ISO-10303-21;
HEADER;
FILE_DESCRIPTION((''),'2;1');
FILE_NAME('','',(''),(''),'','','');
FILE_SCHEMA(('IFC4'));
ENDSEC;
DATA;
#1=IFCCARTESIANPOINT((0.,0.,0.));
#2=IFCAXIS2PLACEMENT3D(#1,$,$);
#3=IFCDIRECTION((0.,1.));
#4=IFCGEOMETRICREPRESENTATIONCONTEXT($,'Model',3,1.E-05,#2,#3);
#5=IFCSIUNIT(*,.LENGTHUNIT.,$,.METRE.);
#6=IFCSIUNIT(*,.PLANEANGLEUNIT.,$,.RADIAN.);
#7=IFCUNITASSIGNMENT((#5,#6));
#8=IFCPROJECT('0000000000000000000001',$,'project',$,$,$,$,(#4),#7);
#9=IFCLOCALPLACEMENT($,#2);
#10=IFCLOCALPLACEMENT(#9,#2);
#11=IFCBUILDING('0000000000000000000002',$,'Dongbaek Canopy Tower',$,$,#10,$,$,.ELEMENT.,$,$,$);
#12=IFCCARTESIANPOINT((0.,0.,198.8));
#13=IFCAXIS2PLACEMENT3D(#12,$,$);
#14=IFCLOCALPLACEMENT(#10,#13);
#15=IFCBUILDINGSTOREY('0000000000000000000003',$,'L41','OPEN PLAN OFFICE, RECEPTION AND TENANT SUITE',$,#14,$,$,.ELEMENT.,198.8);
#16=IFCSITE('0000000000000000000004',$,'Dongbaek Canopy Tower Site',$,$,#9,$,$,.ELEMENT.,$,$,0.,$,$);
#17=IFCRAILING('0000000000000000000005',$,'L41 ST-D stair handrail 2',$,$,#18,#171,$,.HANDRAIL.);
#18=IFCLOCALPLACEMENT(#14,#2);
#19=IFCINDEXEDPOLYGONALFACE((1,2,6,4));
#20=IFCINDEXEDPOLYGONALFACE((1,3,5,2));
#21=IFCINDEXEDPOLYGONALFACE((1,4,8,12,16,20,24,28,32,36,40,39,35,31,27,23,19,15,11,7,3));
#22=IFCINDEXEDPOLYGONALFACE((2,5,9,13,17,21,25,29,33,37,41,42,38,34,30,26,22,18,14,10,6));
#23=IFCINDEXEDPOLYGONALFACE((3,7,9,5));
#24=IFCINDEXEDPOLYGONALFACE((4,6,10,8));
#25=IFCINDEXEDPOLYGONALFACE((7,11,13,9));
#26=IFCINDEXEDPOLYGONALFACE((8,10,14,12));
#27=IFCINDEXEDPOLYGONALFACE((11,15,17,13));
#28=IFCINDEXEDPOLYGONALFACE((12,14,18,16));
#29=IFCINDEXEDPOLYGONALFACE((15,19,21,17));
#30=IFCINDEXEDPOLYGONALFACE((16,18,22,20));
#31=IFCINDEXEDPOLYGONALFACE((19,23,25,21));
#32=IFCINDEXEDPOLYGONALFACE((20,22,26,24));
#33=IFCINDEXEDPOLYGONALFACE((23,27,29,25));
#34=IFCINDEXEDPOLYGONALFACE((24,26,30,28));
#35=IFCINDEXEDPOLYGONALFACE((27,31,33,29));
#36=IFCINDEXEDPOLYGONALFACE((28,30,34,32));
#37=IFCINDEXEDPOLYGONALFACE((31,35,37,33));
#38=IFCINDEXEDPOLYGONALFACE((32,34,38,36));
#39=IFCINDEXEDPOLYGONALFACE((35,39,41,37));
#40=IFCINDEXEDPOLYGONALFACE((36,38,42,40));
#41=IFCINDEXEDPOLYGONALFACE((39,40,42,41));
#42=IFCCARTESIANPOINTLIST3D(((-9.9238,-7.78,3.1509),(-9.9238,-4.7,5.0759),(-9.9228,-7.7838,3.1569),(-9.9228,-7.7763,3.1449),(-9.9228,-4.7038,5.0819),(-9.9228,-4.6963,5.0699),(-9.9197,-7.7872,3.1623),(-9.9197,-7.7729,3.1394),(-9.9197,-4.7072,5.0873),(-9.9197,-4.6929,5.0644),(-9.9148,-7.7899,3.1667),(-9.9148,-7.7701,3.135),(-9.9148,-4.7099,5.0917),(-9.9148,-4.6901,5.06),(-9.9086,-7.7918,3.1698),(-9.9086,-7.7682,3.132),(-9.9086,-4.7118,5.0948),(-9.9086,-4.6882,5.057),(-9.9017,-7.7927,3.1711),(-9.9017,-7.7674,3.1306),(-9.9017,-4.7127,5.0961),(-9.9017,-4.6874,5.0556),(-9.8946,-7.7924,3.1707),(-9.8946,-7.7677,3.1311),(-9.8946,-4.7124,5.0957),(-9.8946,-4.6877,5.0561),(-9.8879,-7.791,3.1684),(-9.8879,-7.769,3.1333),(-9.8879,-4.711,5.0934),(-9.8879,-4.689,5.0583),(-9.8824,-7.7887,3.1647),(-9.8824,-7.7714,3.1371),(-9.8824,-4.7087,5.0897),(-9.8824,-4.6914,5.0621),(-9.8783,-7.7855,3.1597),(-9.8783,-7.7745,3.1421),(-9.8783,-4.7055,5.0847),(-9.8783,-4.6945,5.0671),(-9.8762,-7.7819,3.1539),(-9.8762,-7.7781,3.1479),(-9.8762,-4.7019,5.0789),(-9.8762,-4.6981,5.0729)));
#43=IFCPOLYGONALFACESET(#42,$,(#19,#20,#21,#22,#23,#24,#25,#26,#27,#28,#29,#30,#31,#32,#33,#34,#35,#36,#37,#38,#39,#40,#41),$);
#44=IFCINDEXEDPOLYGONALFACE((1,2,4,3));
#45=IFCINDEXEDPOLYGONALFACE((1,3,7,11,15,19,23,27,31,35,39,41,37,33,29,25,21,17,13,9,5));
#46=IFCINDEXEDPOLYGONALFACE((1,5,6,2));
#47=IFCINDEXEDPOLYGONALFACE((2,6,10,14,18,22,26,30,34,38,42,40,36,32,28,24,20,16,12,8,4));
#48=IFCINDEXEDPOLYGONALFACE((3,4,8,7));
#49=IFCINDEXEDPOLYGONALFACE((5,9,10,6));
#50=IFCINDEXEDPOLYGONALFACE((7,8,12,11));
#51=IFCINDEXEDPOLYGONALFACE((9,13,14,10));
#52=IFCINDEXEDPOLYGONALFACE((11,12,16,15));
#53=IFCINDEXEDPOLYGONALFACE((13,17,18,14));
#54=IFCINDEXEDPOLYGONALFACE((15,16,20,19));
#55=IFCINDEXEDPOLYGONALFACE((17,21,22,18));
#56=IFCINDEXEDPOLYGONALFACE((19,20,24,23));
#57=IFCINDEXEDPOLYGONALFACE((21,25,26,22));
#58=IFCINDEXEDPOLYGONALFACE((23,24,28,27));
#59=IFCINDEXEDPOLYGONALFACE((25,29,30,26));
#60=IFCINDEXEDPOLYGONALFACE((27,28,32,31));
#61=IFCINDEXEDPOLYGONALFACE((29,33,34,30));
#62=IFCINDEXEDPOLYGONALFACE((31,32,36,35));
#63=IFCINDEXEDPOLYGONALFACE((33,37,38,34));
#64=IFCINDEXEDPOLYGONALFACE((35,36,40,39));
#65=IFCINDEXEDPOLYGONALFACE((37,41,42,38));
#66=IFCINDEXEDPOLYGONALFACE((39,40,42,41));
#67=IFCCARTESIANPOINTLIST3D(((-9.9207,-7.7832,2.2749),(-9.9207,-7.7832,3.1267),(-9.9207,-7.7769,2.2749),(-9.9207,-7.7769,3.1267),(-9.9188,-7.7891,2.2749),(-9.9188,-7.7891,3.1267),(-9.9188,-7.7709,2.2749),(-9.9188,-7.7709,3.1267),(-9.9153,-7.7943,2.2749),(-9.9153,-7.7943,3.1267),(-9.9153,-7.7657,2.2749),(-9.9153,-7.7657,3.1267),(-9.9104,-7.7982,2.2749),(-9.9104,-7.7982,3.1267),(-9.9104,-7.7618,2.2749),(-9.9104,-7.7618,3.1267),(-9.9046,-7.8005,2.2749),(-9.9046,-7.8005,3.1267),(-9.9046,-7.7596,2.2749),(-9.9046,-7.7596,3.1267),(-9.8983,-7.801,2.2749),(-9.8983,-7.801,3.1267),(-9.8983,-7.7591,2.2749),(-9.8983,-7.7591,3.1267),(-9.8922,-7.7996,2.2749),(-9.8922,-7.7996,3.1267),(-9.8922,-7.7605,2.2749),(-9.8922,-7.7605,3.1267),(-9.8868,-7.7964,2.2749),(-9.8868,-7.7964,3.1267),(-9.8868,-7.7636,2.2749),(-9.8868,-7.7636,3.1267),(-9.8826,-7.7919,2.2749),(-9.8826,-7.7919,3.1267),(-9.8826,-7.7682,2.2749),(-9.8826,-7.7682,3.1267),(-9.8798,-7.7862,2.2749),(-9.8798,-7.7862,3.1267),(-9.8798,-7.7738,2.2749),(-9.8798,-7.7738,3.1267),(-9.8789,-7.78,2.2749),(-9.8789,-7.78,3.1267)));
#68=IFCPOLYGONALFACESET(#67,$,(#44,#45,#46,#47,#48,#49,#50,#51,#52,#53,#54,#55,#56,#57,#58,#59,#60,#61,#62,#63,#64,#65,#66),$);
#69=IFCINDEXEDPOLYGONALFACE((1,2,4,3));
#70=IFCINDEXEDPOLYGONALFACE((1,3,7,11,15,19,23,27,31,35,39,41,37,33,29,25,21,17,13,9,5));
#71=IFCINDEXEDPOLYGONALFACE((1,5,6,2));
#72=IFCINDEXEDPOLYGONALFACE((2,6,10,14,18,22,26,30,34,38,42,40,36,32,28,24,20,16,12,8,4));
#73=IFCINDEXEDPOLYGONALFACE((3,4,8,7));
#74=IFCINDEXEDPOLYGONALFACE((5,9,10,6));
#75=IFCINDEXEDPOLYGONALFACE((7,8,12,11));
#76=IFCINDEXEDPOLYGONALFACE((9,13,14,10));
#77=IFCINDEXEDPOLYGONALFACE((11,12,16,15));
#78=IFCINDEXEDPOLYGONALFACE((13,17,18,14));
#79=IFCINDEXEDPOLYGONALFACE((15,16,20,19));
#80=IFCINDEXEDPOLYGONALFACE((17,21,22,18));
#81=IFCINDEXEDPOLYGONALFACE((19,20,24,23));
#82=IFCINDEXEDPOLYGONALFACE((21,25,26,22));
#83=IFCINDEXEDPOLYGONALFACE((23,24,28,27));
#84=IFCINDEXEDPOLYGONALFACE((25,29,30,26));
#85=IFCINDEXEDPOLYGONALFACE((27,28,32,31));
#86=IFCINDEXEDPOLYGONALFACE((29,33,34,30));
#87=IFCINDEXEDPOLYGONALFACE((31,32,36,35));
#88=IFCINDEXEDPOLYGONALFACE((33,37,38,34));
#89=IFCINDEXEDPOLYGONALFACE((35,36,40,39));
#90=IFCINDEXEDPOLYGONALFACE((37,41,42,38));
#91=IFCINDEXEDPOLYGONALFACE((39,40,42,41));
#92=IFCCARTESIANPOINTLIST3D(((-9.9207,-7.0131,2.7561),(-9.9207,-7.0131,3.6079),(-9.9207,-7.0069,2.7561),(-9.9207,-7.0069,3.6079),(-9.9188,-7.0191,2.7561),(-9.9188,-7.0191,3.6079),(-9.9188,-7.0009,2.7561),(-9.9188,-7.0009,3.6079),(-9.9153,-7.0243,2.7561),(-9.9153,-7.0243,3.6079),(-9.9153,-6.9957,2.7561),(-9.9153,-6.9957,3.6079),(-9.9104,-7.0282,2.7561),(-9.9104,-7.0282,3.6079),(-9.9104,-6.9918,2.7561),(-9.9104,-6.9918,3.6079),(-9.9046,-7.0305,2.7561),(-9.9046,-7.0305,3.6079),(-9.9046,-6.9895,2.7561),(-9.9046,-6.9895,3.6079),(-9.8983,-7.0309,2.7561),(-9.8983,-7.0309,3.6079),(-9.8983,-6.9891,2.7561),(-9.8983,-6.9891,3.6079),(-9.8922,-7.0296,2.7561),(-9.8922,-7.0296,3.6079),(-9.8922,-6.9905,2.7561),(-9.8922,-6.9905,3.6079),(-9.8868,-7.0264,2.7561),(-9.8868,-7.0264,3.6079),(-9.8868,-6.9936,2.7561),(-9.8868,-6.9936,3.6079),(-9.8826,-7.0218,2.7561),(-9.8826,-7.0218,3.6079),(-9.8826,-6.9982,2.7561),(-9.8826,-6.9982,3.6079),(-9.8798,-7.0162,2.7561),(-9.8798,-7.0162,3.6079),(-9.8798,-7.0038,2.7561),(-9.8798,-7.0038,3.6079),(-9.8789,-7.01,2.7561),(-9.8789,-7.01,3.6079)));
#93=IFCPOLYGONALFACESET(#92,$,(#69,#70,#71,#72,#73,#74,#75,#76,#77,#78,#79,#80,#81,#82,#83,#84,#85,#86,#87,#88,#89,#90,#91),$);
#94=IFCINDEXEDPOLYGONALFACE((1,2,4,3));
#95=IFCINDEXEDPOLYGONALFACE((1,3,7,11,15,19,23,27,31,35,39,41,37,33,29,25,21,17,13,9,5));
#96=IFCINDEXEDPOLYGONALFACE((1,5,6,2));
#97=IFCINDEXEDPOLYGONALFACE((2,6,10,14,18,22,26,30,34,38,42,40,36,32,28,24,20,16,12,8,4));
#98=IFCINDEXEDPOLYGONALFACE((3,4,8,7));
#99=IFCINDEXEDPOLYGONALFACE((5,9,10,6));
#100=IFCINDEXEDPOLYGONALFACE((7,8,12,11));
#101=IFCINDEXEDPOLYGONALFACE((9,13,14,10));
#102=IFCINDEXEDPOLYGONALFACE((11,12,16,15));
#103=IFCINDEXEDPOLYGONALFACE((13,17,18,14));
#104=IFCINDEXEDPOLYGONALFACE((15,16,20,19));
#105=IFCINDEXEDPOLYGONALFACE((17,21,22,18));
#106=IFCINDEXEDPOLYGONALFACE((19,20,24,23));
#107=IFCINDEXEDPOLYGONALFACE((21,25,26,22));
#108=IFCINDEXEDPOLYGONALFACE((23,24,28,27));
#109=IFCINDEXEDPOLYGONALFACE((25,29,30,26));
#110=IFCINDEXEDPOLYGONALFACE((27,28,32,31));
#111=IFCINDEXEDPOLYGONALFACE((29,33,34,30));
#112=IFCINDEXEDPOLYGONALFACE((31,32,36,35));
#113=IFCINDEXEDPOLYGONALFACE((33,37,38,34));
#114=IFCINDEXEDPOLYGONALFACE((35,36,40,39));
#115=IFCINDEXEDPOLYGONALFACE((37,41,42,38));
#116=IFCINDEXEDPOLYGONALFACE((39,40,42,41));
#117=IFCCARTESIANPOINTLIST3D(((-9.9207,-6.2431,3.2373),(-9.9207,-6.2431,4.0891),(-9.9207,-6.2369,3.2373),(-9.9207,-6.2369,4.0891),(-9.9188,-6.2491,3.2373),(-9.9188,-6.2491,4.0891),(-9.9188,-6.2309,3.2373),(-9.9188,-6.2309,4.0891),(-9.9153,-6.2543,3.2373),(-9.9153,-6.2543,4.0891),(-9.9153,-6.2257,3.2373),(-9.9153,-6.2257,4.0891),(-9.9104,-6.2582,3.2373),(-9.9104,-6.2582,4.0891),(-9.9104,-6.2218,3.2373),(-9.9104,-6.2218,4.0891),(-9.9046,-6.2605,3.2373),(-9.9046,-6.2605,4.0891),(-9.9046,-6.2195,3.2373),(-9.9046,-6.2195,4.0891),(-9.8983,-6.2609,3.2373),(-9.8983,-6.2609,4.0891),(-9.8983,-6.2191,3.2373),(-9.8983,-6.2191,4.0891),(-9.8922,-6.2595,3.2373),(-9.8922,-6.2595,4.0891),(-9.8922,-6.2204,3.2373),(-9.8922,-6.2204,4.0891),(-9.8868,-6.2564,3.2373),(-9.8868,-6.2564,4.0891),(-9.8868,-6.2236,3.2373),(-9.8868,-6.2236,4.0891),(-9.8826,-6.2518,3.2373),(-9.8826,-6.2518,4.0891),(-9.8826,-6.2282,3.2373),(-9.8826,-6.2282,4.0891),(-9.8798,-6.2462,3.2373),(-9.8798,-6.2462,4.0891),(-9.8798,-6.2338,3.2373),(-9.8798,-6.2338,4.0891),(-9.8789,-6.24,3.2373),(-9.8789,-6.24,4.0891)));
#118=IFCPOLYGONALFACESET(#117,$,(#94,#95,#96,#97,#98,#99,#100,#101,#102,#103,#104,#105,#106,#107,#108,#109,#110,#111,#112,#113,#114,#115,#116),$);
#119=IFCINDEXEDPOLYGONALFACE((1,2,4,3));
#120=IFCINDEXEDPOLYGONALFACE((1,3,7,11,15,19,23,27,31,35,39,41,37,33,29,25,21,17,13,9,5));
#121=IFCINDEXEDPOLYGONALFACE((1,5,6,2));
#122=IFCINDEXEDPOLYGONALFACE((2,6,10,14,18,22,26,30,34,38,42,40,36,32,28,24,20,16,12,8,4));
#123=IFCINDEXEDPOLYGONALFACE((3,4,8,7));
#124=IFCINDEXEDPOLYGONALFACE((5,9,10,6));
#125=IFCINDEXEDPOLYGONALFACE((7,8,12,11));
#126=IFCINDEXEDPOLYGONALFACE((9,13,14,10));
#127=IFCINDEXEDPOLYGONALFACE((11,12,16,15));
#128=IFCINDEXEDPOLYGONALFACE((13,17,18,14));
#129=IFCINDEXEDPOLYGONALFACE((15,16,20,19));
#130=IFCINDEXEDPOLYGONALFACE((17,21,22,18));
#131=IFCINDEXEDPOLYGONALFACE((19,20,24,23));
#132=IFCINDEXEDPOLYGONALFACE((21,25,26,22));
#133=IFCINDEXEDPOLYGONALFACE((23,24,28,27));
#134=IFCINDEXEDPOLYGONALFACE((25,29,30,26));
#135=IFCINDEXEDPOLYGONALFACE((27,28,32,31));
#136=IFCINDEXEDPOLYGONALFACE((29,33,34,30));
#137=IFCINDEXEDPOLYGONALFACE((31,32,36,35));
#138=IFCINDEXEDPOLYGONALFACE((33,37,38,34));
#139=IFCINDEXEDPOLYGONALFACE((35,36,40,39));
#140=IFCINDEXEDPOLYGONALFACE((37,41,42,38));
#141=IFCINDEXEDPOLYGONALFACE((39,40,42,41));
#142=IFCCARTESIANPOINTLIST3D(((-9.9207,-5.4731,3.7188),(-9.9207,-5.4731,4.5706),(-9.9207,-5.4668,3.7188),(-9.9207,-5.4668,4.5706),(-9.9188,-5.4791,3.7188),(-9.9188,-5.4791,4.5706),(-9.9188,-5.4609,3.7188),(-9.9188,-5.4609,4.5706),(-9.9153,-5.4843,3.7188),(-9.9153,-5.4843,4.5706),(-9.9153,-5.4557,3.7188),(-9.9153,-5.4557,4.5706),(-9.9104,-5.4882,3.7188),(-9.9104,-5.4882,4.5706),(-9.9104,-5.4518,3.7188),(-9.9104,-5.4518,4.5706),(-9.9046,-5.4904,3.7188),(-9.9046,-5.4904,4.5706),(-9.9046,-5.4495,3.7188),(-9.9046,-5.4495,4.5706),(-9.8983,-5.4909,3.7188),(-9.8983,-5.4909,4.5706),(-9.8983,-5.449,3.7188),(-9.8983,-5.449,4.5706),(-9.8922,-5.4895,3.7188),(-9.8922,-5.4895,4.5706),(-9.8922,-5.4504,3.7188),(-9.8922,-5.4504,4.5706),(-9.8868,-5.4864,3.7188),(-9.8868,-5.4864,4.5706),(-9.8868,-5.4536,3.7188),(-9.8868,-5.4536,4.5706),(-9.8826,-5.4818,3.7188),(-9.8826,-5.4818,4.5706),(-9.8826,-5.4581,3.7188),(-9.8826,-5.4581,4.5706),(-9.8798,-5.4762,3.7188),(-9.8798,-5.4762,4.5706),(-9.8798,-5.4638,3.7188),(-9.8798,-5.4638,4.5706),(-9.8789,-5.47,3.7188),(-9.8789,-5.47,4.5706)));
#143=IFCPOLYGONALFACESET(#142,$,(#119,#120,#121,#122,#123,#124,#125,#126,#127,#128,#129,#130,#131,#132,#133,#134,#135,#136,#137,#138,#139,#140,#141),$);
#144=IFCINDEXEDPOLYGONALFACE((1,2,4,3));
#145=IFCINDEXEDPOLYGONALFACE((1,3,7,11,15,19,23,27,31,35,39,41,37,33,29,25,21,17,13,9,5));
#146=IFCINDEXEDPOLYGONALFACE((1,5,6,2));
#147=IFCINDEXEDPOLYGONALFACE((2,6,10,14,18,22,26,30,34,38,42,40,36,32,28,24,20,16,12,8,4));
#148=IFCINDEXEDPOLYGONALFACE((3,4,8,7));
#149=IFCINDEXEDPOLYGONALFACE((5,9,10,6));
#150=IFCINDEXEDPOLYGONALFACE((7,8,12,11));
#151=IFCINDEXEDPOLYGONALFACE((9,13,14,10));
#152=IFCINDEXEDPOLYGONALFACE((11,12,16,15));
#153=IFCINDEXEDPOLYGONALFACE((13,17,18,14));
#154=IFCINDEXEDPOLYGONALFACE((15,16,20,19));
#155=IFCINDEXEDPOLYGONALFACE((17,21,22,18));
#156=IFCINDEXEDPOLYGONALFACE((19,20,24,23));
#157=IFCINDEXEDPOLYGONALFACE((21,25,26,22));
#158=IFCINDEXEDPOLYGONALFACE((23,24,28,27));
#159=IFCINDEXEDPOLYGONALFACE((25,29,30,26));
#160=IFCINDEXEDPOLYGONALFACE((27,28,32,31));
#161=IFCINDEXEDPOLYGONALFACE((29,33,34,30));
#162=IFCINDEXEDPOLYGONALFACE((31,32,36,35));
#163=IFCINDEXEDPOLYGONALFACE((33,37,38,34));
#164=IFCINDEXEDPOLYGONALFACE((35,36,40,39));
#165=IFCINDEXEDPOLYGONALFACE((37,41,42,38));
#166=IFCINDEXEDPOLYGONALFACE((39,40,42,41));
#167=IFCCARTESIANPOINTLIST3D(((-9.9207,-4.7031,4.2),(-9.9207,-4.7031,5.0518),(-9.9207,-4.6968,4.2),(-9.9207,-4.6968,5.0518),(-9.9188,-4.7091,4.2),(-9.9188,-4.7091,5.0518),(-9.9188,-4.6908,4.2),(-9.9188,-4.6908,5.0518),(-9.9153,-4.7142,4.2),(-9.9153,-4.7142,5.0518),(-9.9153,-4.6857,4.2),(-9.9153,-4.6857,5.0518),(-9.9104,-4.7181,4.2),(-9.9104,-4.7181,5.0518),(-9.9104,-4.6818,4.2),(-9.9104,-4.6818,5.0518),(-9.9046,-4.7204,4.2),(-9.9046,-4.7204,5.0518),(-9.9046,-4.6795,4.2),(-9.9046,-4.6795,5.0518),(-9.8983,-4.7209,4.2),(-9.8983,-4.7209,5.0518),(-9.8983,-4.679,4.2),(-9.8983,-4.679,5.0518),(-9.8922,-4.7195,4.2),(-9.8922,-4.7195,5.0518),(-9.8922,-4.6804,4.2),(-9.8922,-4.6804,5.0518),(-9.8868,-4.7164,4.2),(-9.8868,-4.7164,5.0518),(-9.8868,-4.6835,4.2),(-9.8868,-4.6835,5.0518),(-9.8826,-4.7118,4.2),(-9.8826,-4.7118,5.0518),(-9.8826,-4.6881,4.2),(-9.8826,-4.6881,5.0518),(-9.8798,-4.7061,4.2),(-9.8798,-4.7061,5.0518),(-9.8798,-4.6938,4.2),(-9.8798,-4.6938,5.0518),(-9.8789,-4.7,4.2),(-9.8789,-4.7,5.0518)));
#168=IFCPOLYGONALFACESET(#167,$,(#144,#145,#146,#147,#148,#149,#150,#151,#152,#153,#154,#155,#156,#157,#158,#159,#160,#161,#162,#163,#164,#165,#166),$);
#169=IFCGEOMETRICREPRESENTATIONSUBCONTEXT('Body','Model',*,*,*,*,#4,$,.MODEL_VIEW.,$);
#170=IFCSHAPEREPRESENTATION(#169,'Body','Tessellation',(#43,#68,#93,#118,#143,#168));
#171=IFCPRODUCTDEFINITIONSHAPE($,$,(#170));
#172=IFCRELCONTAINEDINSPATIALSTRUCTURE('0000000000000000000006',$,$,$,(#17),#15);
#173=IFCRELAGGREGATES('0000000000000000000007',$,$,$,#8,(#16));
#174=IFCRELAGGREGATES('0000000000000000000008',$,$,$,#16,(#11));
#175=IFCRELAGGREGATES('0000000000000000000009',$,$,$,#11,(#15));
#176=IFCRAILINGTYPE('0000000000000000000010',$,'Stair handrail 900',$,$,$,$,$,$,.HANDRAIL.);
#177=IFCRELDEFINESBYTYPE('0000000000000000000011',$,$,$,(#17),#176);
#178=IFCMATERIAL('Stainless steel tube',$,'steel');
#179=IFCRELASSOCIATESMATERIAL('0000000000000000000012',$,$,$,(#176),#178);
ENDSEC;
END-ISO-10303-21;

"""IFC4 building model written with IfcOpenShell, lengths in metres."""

from ifc_helpers import new_model, si_unit, direction, frame, origin, origin_2d, place, context, subcontext, project, spatial, circle, extrude, material, type_object, element, save


model = new_model("IFC4")

# Units and contexts
model_context = context("Model", 3, precision=1e-05, world=origin(), true_north=direction((0.0, 1.0)))
body_context = subcontext(model_context, "Body", "Model", "MODEL_VIEW")
ifc_project = project(units=[si_unit("LENGTHUNIT", "METRE"), si_unit("PLANEANGLEUNIT", "RADIAN")], contexts=[model_context])

# Site, building, storey
site_placement = place(None, origin())
site = spatial("IfcSite", under=ifc_project, at=site_placement, Name="Dongbaek Canopy Tower Site", CompositionType="ELEMENT", RefElevation=0.0)
building_placement = place(site_placement, origin())
building = spatial("IfcBuilding", under=site, at=building_placement, Name="Dongbaek Canopy Tower", CompositionType="ELEMENT")
storey_placement = place(building_placement, frame((0.0, 0.0, 198.8)))
storey = spatial("IfcBuildingStorey", under=building, at=storey_placement, Name="L41", Description="OPEN PLAN OFFICE, RECEPTION AND TENANT SUITE", CompositionType="ELEMENT", Elevation=198.8)

# Railing
ifc_material_1 = material(Name="Stainless steel tube", Category="steel")
railing_type_1 = type_object("IfcRailingType", Name="Stair handrail 900", PredefinedType="HANDRAIL", material=ifc_material_1)
railing_1_placement = place(storey_placement, frame((-9.8999, -7.78, 2.2749)))
element("IfcRailing", 1, at=railing_1_placement, inside=storey, type_object=railing_type_1, Name="L41 ST-D stair handrail 2", PredefinedType="HANDRAIL", context=body_context, shape_type="SweptSolid", body=[
    extrude(circle(Radius=0.0239, at=origin_2d()), frame((0.0, 0.0, 0.876), z_axis=(0.0, 0.847998, 0.529999), x_axis=(-1.0, 0.0, 0.0)), (0.0, 0.0, 1.0), 3.6321),
    extrude(circle(Radius=0.021, at=origin_2d()), origin(), (0.0, 0.0, 1.0), 0.8518),
    extrude(circle(Radius=0.021, at=origin_2d()), frame((0.0, 0.77, 0.4812)), (0.0, 0.0, 1.0), 0.8518),
    extrude(circle(Radius=0.021, at=origin_2d()), frame((0.0, 1.54, 0.9624)), (0.0, 0.0, 1.0), 0.8518),
    extrude(circle(Radius=0.021, at=origin_2d()), frame((0.0, 2.3101, 1.4438)), (0.0, 0.0, 1.0), 0.8518),
    extrude(circle(Radius=0.021, at=origin_2d()), frame((0.0, 3.0801, 1.925)), (0.0, 0.0, 1.0), 0.8518),
])

save(model, "model.ifc")
